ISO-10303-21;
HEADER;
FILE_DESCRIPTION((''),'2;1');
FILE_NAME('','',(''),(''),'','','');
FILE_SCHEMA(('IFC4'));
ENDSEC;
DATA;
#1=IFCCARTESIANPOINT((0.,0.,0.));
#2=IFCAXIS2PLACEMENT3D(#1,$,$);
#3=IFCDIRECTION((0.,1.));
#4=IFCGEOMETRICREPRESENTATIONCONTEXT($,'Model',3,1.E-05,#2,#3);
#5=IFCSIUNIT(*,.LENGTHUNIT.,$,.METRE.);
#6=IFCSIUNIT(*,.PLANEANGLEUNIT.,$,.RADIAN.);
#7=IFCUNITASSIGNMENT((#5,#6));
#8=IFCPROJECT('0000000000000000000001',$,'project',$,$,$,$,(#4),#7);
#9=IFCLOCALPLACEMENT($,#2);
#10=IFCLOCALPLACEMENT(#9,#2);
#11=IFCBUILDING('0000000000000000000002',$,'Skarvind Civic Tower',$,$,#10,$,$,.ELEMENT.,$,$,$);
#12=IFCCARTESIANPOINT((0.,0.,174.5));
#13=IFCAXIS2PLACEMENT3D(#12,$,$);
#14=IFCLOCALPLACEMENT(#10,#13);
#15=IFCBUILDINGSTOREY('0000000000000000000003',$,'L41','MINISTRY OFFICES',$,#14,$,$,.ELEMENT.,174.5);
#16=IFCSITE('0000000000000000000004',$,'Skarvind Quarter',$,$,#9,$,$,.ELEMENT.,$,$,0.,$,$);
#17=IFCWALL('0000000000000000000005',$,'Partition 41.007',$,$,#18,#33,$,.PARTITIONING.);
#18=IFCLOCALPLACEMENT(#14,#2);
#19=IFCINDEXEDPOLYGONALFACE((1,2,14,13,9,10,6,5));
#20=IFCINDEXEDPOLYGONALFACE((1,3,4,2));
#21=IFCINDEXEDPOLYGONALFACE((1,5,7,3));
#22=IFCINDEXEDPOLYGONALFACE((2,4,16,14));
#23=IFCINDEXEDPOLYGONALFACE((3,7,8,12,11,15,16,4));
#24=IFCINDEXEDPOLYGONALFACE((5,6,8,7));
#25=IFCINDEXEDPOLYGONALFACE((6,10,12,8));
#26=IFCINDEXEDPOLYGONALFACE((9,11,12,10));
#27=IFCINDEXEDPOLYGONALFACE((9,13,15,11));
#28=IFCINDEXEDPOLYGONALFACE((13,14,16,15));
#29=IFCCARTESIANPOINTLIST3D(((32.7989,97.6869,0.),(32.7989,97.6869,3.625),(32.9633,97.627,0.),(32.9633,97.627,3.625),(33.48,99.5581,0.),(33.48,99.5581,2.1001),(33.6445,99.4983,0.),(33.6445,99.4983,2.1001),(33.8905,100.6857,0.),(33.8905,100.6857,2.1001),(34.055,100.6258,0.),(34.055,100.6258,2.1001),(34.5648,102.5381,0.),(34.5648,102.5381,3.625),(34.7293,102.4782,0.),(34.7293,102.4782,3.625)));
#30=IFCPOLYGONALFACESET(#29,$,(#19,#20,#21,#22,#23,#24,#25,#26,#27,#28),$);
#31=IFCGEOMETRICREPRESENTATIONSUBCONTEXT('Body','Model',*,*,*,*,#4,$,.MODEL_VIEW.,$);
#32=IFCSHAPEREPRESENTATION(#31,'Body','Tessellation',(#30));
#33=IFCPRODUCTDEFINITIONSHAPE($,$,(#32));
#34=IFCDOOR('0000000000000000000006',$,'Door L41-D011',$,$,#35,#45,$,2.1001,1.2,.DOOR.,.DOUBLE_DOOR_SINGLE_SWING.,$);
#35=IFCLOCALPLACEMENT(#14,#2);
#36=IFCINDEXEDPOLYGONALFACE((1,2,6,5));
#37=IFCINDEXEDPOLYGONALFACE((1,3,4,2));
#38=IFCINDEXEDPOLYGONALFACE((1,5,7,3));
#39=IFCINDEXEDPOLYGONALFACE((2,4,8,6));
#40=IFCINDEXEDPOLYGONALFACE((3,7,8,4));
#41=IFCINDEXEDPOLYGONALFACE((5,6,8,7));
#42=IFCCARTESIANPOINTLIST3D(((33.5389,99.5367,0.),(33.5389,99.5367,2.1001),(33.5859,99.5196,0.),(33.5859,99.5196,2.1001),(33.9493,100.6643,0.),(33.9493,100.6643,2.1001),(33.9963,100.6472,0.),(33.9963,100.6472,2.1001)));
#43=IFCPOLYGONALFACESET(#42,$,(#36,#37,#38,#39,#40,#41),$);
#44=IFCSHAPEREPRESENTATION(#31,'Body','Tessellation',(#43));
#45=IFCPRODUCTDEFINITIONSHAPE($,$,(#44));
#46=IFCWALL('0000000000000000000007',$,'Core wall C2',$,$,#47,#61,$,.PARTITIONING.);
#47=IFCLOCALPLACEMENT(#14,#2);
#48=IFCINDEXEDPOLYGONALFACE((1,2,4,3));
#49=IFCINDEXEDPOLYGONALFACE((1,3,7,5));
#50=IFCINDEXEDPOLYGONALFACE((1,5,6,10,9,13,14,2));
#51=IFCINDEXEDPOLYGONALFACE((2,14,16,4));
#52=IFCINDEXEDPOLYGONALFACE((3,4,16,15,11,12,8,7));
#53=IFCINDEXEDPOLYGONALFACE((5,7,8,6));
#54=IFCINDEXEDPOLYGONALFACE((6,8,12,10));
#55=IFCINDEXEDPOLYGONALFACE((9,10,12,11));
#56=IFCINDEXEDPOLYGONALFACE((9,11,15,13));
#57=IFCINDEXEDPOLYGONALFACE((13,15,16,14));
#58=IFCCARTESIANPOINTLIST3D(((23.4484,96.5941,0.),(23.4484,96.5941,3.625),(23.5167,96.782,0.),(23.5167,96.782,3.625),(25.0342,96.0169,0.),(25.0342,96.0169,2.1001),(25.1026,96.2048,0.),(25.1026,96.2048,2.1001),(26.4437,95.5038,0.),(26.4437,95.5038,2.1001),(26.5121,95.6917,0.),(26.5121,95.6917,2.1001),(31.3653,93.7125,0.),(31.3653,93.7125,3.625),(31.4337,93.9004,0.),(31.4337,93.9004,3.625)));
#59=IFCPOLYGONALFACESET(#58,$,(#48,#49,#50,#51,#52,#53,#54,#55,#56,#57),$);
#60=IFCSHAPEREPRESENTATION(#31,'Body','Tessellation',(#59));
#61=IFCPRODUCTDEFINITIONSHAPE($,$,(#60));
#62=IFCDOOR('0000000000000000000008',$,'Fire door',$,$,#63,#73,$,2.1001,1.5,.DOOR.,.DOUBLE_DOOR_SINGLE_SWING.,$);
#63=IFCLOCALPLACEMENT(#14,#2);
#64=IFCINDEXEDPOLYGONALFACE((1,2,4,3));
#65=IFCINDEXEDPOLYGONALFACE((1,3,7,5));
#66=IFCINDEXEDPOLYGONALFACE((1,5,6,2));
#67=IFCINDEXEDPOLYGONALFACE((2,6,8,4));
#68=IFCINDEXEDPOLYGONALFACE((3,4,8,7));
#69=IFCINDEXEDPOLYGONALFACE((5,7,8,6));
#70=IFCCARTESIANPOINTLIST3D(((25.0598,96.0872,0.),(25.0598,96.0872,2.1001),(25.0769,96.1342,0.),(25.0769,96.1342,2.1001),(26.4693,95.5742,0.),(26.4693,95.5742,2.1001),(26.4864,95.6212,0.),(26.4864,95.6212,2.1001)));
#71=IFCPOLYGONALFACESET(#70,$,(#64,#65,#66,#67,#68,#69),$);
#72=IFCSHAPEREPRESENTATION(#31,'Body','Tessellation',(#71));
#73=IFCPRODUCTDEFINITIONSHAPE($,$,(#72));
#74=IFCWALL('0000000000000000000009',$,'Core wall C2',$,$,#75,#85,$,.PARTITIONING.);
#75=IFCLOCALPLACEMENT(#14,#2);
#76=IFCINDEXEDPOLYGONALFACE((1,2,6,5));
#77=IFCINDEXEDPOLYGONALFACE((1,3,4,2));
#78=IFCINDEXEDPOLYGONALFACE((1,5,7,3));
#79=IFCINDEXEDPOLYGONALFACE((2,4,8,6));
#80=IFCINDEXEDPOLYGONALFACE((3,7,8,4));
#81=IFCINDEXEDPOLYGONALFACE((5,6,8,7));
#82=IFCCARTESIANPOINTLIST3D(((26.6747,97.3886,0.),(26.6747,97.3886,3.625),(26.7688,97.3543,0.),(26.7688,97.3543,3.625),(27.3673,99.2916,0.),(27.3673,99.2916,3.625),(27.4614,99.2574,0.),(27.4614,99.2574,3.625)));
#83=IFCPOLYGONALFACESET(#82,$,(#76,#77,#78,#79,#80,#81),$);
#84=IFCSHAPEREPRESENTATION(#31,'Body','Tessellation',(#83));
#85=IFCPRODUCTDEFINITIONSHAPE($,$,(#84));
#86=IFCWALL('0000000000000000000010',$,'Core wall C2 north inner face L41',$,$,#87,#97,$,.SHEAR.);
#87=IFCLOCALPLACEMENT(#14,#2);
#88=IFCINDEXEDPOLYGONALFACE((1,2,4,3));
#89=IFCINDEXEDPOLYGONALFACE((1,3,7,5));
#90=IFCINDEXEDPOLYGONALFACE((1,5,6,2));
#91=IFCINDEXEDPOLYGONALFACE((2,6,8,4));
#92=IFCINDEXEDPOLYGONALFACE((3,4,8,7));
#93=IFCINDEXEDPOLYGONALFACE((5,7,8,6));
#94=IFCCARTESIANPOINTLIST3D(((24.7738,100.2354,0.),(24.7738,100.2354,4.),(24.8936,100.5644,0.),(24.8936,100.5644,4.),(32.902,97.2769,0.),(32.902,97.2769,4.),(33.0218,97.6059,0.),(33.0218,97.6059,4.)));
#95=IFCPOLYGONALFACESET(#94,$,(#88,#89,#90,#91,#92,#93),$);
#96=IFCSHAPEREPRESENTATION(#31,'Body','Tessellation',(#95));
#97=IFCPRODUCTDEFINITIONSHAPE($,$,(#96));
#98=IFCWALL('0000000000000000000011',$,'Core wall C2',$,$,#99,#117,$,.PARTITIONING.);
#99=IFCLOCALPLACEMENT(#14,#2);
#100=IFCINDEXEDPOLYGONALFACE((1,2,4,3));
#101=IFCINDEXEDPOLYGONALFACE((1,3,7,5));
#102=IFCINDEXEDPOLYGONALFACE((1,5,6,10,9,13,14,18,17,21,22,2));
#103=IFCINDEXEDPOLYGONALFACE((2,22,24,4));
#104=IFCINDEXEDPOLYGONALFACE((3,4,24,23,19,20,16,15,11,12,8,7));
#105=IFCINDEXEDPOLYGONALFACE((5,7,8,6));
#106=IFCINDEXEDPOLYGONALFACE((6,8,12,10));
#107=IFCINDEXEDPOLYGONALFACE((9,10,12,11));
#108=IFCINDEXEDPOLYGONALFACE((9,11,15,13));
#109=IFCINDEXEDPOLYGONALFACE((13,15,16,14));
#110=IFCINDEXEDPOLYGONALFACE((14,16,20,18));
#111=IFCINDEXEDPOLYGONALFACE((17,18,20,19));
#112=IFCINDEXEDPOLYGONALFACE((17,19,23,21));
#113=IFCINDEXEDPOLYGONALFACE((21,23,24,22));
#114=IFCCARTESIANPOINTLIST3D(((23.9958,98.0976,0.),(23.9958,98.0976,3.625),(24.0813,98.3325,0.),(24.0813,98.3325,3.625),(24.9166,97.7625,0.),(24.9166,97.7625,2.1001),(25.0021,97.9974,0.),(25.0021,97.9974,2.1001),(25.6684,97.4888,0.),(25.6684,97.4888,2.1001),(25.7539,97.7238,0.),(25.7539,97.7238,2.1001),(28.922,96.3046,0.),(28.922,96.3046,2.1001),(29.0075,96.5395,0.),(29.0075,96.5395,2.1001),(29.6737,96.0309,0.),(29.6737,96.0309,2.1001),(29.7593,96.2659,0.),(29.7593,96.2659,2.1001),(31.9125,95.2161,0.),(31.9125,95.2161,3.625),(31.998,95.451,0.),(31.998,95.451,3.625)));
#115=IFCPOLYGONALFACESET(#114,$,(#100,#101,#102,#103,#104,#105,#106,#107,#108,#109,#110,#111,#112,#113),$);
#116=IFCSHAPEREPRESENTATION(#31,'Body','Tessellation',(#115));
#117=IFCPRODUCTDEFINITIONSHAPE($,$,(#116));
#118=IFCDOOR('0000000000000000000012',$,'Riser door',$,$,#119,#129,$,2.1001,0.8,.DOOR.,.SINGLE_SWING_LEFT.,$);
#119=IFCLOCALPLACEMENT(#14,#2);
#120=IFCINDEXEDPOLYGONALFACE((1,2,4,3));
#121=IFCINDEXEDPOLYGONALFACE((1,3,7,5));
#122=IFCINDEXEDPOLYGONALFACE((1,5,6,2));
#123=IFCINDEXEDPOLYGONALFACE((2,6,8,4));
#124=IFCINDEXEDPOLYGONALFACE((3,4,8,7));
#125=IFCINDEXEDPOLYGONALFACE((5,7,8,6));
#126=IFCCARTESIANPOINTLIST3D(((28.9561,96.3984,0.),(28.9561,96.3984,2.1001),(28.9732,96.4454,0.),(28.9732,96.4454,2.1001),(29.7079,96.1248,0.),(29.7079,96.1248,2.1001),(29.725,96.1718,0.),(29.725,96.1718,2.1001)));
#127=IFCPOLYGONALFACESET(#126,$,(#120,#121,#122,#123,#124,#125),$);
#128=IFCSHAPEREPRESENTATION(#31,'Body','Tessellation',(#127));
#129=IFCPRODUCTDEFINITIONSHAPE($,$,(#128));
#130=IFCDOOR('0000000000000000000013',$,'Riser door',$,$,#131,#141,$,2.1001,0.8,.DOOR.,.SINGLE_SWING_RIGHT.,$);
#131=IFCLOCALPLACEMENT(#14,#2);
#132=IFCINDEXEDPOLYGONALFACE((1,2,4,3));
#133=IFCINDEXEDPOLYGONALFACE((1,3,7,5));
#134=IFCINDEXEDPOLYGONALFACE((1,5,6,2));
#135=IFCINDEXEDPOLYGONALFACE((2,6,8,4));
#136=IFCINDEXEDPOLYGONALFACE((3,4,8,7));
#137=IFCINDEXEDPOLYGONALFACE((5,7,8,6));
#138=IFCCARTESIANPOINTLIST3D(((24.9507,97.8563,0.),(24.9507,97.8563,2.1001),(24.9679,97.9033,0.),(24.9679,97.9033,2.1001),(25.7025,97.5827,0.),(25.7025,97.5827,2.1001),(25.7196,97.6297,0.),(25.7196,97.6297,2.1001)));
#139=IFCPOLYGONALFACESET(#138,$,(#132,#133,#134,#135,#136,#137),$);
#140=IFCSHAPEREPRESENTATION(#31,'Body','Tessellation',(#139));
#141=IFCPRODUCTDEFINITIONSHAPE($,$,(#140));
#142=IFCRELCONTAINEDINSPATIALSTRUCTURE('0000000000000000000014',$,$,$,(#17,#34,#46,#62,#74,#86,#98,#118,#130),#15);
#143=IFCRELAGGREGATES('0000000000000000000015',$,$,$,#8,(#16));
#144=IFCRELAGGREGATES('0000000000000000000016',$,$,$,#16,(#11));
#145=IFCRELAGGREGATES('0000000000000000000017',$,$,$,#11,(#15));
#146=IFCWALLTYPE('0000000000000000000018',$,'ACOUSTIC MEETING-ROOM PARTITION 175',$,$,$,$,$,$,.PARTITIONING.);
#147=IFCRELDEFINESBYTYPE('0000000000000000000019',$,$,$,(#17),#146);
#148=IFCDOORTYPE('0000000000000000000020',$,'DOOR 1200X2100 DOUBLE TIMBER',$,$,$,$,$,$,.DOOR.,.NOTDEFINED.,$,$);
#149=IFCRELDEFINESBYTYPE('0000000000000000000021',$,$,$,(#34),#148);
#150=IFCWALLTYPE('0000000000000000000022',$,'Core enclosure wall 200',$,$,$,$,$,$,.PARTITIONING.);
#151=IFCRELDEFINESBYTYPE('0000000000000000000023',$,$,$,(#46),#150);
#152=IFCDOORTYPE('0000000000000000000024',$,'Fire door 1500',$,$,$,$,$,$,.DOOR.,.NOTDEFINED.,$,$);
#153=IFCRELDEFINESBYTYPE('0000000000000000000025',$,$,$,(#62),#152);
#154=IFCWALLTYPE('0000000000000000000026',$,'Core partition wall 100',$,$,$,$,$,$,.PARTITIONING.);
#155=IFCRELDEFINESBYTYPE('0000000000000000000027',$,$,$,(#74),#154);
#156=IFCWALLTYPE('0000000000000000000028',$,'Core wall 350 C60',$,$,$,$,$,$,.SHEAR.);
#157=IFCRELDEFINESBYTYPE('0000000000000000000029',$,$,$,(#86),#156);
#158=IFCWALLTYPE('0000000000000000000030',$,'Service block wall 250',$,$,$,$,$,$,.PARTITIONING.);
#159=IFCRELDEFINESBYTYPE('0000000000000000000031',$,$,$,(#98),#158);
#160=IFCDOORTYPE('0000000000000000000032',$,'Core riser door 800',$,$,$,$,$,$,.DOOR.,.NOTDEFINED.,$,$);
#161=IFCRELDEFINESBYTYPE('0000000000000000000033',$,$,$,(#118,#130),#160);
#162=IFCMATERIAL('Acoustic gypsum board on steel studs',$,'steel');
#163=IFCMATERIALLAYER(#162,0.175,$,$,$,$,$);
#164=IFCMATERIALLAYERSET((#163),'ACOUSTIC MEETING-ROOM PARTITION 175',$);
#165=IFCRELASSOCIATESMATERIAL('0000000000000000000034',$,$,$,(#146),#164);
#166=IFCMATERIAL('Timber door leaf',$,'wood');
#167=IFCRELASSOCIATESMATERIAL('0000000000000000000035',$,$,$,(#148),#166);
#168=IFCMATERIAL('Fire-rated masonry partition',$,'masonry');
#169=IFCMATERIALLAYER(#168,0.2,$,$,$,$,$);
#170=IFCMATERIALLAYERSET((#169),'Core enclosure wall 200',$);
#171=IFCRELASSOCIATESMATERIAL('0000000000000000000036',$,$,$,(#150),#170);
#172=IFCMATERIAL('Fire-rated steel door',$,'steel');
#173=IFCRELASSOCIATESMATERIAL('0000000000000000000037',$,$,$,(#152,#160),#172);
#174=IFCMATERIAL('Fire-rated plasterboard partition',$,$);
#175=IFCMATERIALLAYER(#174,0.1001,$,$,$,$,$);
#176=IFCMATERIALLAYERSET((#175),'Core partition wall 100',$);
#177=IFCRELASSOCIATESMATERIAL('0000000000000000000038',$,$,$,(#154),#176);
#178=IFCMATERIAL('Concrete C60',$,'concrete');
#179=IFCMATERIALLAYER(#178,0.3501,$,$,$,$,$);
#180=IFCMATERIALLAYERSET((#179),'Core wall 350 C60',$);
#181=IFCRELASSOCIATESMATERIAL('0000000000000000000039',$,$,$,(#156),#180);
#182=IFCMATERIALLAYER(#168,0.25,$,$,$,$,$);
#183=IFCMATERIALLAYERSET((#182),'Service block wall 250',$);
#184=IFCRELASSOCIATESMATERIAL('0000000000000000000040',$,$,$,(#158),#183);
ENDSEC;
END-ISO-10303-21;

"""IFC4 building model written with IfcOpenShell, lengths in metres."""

from ifc_helpers import new_model, si_unit, direction, frame, frame_2d, origin, place, context, subcontext, project, spatial, rectangle, extrude, material, layer, layer_set, type_object, element, fill, save


model = new_model("IFC4")

# Units and contexts
model_context = context("Model", 3, precision=1e-05, world=origin(), true_north=direction((0.0, 1.0)))
body_context = subcontext(model_context, "Body", "Model", "MODEL_VIEW")
ifc_project = project(units=[si_unit("LENGTHUNIT", "METRE"), si_unit("PLANEANGLEUNIT", "RADIAN")], contexts=[model_context])

# Site, building, storey
site_placement = place(None, origin())
site = spatial("IfcSite", under=ifc_project, at=site_placement, Name="Skarvind Quarter", CompositionType="ELEMENT", RefElevation=0.0)
building_placement = place(site_placement, origin())
building = spatial("IfcBuilding", under=site, at=building_placement, Name="Skarvind Civic Tower", CompositionType="ELEMENT")
storey_placement = place(building_placement, frame((0.0, 0.0, 174.5)))
storey = spatial("IfcBuildingStorey", under=building, at=storey_placement, Name="L41", Description="MINISTRY OFFICES", CompositionType="ELEMENT", Elevation=174.5)

# Walls, openings, doors
ifc_material_1 = material(Name="Acoustic gypsum board on steel studs", Category="steel")
ifc_layer_1 = layer(ifc_material_1, 0.175)
ifc_layer_set_1 = layer_set([ifc_layer_1], Name="ACOUSTIC MEETING-ROOM PARTITION 175")
wall_type_1 = type_object("IfcWallType", Name="ACOUSTIC MEETING-ROOM PARTITION 175", PredefinedType="PARTITIONING", material=ifc_layer_set_1)
wall_1_placement = place(storey_placement, frame((32.8811, 97.657, 0.0), z_axis=(0.0, 0.0, 1.0), x_axis=(0.342058, 0.939679, 0.0)))
wall_1 = element("IfcWall", 1, at=wall_1_placement, inside=storey, type_object=wall_type_1, Name="Partition 41.007", PredefinedType="PARTITIONING", context=body_context, shape_type="SweptSolid", body=[
    extrude(rectangle(XDim=5.1626, YDim=0.175, at=frame_2d((2.5813, 0.0))), origin(), (0.0, 0.0, 1.0), 3.625),
])
opening_1_placement = place(wall_1_placement, frame((1.9912, 0.0, 0.0)))
opening_1 = element("IfcOpeningElement", 2, at=opening_1_placement, cuts=wall_1, PredefinedType="OPENING", context=body_context, shape_type="SweptSolid", body=[
    extrude(rectangle(XDim=1.2, YDim=2.1001, at=frame_2d((0.6001, 1.05))), frame((0.0, 0.0974, 0.0), z_axis=(0.0, -1.0, 0.0), x_axis=(1.0, 0.0, 0.0)), (0.0, 0.0, 1.0), 0.1951),
])
ifc_material_2 = material(Name="Timber door leaf", Category="wood")
door_type_1 = type_object("IfcDoorType", Name="DOOR 1200X2100 DOUBLE TIMBER", OperationType="NOTDEFINED", PredefinedType="DOOR", material=ifc_material_2)
door_1_placement = place(opening_1_placement, origin())
door_1 = element("IfcDoor", 3, at=door_1_placement, inside=storey, type_object=door_type_1, Name="Door L41-D011", OperationType="DOUBLE_DOOR_SINGLE_SWING", OverallHeight=2.1001, OverallWidth=1.2, PredefinedType="DOOR", context=body_context, shape_type="SweptSolid", body=[
    extrude(rectangle(XDim=1.2, YDim=2.1001, at=frame_2d((0.6001, 1.05))), frame((0.0, 0.0249, 0.0), z_axis=(0.0, -1.0, 0.0), x_axis=(1.0, 0.0, 0.0)), (0.0, 0.0, 1.0), 0.05),
])
fill(opening_1, door_1)
ifc_material_3 = material(Name="Fire-rated masonry partition", Category="masonry")
ifc_layer_2 = layer(ifc_material_3, 0.2)
ifc_layer_set_2 = layer_set([ifc_layer_2], Name="Core enclosure wall 200")
wall_type_2 = type_object("IfcWallType", Name="Core enclosure wall 200", PredefinedType="PARTITIONING", material=ifc_layer_set_2)
wall_2_placement = place(storey_placement, frame((23.4827, 96.688, 0.0), z_axis=(0.0, 0.0, 1.0), x_axis=(0.939691, -0.342025, 0.0)))
wall_2 = element("IfcWall", 4, at=wall_2_placement, inside=storey, type_object=wall_type_2, Name="Core wall C2", PredefinedType="PARTITIONING", context=body_context, shape_type="SweptSolid", body=[
    extrude(rectangle(XDim=8.425, YDim=0.2, at=frame_2d((4.2124, 0.0))), origin(), (0.0, 0.0, 1.0), 3.625),
])
opening_2_placement = place(wall_2_placement, frame((1.6875, 0.0, 0.0)))
opening_2 = element("IfcOpeningElement", 5, at=opening_2_placement, cuts=wall_2, PredefinedType="OPENING", context=body_context, shape_type="SweptSolid", body=[
    extrude(rectangle(XDim=1.5, YDim=2.1001, at=frame_2d((0.75, 1.05))), frame((0.0, 0.1099, 0.0), z_axis=(0.0, -1.0, 0.0), x_axis=(1.0, 0.0, 0.0)), (0.0, 0.0, 1.0), 0.22),
])
ifc_material_4 = material(Name="Fire-rated steel door", Category="steel")
door_type_2 = type_object("IfcDoorType", Name="Fire door 1500", OperationType="NOTDEFINED", PredefinedType="DOOR", material=ifc_material_4)
door_2_placement = place(opening_2_placement, origin())
door_2 = element("IfcDoor", 6, at=door_2_placement, inside=storey, type_object=door_type_2, Name="Fire door", OperationType="DOUBLE_DOOR_SINGLE_SWING", OverallHeight=2.1001, OverallWidth=1.5, PredefinedType="DOOR", context=body_context, shape_type="SweptSolid", body=[
    extrude(rectangle(XDim=1.5, YDim=2.1001, at=frame_2d((0.75, 1.05))), frame((0.0, 0.0249, 0.0), z_axis=(0.0, -1.0, 0.0), x_axis=(1.0, 0.0, 0.0)), (0.0, 0.0, 1.0), 0.05),
])
fill(opening_2, door_2)

# Walls
ifc_material_5 = material(Name="Fire-rated plasterboard partition")
ifc_layer_3 = layer(ifc_material_5, 0.1001)
ifc_layer_set_3 = layer_set([ifc_layer_3], Name="Core partition wall 100")
wall_type_3 = type_object("IfcWallType", Name="Core partition wall 100", PredefinedType="PARTITIONING", material=ifc_layer_set_3)
wall_3_placement = place(storey_placement, frame((26.7217, 97.3713, 0.0), z_axis=(0.0, 0.0, 1.0), x_axis=(0.342004, 0.939698, 0.0)))
element("IfcWall", 7, at=wall_3_placement, inside=storey, type_object=wall_type_3, Name="Core wall C2", PredefinedType="PARTITIONING", context=body_context, shape_type="SweptSolid", body=[
    extrude(rectangle(XDim=2.0251, YDim=0.1001, at=frame_2d((1.0127, 0.0))), origin(), (0.0, 0.0, 1.0), 3.625),
])
ifc_material_6 = material(Name="Concrete C60", Category="concrete")
ifc_layer_4 = layer(ifc_material_6, 0.3501)
ifc_layer_set_4 = layer_set([ifc_layer_4], Name="Core wall 350 C60")
wall_type_4 = type_object("IfcWallType", Name="Core wall 350 C60", PredefinedType="SHEAR", material=ifc_layer_set_4)
wall_4_placement = place(storey_placement, frame((32.9619, 97.4414, 0.0), z_axis=(0.0, 0.0, 1.0), x_axis=(-0.93969, 0.342029, 0.0)))
element("IfcWall", 8, at=wall_4_placement, inside=storey, type_object=wall_type_4, Name="Core wall C2 north inner face L41", PredefinedType="SHEAR", context=body_context, shape_type="SweptSolid", body=[
    extrude(rectangle(XDim=8.6499, YDim=0.3501, at=frame_2d((4.325, 0.0))), origin(), (0.0, 0.0, 1.0), 4.0),
])

# Wall, openings, doors
ifc_layer_5 = layer(ifc_material_3, 0.25)
ifc_layer_set_5 = layer_set([ifc_layer_5], Name="Service block wall 250")
wall_type_5 = type_object("IfcWallType", Name="Service block wall 250", PredefinedType="PARTITIONING", material=ifc_layer_set_5)
wall_5_placement = place(storey_placement, frame((24.0386, 98.2151, 0.0), z_axis=(0.0, 0.0, 1.0), x_axis=(0.939688, -0.342034, 0.0)))
wall_5 = element("IfcWall", 9, at=wall_5_placement, inside=storey, type_object=wall_type_5, Name="Core wall C2", PredefinedType="PARTITIONING", context=body_context, shape_type="SweptSolid", body=[
    extrude(rectangle(XDim=8.4248, YDim=0.25, at=frame_2d((4.2124, 0.0))), origin(), (0.0, 0.0, 1.0), 3.625),
])
opening_3_placement = place(wall_5_placement, frame((5.2424, 0.0, 0.0)))
opening_3 = element("IfcOpeningElement", 10, at=opening_3_placement, cuts=wall_5, PredefinedType="OPENING", context=body_context, shape_type="SweptSolid", body=[
    extrude(rectangle(XDim=0.8, YDim=2.1001, at=frame_2d((0.3999, 1.05))), frame((0.0, 0.135, 0.0), z_axis=(0.0, -1.0, 0.0), x_axis=(1.0, 0.0, 0.0)), (0.0, 0.0, 1.0), 0.27),
])
opening_4_placement = place(wall_5_placement, frame((0.98, 0.0, 0.0)))
opening_4 = element("IfcOpeningElement", 11, at=opening_4_placement, cuts=wall_5, PredefinedType="OPENING", context=body_context, shape_type="SweptSolid", body=[
    extrude(rectangle(XDim=0.8, YDim=2.1001, at=frame_2d((0.3999, 1.05))), frame((0.0, 0.135, 0.0), z_axis=(0.0, -1.0, 0.0), x_axis=(1.0, 0.0, 0.0)), (0.0, 0.0, 1.0), 0.27),
])
door_type_3 = type_object("IfcDoorType", Name="Core riser door 800", OperationType="NOTDEFINED", PredefinedType="DOOR", material=ifc_material_4)
door_3_placement = place(opening_3_placement, origin())
door_3 = element("IfcDoor", 12, at=door_3_placement, inside=storey, type_object=door_type_3, Name="Riser door", OperationType="SINGLE_SWING_LEFT", OverallHeight=2.1001, OverallWidth=0.8, PredefinedType="DOOR", context=body_context, shape_type="SweptSolid", body=[
    extrude(rectangle(XDim=0.8, YDim=2.1001, at=frame_2d((0.3999, 1.05))), frame((0.0, 0.0249, 0.0), z_axis=(0.0, -1.0, 0.0), x_axis=(1.0, 0.0, 0.0)), (0.0, 0.0, 1.0), 0.05),
])
fill(opening_3, door_3)
door_4_placement = place(opening_4_placement, origin())
door_4 = element("IfcDoor", 13, at=door_4_placement, inside=storey, type_object=door_type_3, Name="Riser door", OperationType="SINGLE_SWING_RIGHT", OverallHeight=2.1001, OverallWidth=0.8, PredefinedType="DOOR", context=body_context, shape_type="SweptSolid", body=[
    extrude(rectangle(XDim=0.8, YDim=2.1001, at=frame_2d((0.3999, 1.05))), frame((0.0, 0.0249, 0.0), z_axis=(0.0, -1.0, 0.0), x_axis=(1.0, 0.0, 0.0)), (0.0, 0.0, 1.0), 0.05),
])
fill(opening_4, door_4)

save(model, "model.ifc")
